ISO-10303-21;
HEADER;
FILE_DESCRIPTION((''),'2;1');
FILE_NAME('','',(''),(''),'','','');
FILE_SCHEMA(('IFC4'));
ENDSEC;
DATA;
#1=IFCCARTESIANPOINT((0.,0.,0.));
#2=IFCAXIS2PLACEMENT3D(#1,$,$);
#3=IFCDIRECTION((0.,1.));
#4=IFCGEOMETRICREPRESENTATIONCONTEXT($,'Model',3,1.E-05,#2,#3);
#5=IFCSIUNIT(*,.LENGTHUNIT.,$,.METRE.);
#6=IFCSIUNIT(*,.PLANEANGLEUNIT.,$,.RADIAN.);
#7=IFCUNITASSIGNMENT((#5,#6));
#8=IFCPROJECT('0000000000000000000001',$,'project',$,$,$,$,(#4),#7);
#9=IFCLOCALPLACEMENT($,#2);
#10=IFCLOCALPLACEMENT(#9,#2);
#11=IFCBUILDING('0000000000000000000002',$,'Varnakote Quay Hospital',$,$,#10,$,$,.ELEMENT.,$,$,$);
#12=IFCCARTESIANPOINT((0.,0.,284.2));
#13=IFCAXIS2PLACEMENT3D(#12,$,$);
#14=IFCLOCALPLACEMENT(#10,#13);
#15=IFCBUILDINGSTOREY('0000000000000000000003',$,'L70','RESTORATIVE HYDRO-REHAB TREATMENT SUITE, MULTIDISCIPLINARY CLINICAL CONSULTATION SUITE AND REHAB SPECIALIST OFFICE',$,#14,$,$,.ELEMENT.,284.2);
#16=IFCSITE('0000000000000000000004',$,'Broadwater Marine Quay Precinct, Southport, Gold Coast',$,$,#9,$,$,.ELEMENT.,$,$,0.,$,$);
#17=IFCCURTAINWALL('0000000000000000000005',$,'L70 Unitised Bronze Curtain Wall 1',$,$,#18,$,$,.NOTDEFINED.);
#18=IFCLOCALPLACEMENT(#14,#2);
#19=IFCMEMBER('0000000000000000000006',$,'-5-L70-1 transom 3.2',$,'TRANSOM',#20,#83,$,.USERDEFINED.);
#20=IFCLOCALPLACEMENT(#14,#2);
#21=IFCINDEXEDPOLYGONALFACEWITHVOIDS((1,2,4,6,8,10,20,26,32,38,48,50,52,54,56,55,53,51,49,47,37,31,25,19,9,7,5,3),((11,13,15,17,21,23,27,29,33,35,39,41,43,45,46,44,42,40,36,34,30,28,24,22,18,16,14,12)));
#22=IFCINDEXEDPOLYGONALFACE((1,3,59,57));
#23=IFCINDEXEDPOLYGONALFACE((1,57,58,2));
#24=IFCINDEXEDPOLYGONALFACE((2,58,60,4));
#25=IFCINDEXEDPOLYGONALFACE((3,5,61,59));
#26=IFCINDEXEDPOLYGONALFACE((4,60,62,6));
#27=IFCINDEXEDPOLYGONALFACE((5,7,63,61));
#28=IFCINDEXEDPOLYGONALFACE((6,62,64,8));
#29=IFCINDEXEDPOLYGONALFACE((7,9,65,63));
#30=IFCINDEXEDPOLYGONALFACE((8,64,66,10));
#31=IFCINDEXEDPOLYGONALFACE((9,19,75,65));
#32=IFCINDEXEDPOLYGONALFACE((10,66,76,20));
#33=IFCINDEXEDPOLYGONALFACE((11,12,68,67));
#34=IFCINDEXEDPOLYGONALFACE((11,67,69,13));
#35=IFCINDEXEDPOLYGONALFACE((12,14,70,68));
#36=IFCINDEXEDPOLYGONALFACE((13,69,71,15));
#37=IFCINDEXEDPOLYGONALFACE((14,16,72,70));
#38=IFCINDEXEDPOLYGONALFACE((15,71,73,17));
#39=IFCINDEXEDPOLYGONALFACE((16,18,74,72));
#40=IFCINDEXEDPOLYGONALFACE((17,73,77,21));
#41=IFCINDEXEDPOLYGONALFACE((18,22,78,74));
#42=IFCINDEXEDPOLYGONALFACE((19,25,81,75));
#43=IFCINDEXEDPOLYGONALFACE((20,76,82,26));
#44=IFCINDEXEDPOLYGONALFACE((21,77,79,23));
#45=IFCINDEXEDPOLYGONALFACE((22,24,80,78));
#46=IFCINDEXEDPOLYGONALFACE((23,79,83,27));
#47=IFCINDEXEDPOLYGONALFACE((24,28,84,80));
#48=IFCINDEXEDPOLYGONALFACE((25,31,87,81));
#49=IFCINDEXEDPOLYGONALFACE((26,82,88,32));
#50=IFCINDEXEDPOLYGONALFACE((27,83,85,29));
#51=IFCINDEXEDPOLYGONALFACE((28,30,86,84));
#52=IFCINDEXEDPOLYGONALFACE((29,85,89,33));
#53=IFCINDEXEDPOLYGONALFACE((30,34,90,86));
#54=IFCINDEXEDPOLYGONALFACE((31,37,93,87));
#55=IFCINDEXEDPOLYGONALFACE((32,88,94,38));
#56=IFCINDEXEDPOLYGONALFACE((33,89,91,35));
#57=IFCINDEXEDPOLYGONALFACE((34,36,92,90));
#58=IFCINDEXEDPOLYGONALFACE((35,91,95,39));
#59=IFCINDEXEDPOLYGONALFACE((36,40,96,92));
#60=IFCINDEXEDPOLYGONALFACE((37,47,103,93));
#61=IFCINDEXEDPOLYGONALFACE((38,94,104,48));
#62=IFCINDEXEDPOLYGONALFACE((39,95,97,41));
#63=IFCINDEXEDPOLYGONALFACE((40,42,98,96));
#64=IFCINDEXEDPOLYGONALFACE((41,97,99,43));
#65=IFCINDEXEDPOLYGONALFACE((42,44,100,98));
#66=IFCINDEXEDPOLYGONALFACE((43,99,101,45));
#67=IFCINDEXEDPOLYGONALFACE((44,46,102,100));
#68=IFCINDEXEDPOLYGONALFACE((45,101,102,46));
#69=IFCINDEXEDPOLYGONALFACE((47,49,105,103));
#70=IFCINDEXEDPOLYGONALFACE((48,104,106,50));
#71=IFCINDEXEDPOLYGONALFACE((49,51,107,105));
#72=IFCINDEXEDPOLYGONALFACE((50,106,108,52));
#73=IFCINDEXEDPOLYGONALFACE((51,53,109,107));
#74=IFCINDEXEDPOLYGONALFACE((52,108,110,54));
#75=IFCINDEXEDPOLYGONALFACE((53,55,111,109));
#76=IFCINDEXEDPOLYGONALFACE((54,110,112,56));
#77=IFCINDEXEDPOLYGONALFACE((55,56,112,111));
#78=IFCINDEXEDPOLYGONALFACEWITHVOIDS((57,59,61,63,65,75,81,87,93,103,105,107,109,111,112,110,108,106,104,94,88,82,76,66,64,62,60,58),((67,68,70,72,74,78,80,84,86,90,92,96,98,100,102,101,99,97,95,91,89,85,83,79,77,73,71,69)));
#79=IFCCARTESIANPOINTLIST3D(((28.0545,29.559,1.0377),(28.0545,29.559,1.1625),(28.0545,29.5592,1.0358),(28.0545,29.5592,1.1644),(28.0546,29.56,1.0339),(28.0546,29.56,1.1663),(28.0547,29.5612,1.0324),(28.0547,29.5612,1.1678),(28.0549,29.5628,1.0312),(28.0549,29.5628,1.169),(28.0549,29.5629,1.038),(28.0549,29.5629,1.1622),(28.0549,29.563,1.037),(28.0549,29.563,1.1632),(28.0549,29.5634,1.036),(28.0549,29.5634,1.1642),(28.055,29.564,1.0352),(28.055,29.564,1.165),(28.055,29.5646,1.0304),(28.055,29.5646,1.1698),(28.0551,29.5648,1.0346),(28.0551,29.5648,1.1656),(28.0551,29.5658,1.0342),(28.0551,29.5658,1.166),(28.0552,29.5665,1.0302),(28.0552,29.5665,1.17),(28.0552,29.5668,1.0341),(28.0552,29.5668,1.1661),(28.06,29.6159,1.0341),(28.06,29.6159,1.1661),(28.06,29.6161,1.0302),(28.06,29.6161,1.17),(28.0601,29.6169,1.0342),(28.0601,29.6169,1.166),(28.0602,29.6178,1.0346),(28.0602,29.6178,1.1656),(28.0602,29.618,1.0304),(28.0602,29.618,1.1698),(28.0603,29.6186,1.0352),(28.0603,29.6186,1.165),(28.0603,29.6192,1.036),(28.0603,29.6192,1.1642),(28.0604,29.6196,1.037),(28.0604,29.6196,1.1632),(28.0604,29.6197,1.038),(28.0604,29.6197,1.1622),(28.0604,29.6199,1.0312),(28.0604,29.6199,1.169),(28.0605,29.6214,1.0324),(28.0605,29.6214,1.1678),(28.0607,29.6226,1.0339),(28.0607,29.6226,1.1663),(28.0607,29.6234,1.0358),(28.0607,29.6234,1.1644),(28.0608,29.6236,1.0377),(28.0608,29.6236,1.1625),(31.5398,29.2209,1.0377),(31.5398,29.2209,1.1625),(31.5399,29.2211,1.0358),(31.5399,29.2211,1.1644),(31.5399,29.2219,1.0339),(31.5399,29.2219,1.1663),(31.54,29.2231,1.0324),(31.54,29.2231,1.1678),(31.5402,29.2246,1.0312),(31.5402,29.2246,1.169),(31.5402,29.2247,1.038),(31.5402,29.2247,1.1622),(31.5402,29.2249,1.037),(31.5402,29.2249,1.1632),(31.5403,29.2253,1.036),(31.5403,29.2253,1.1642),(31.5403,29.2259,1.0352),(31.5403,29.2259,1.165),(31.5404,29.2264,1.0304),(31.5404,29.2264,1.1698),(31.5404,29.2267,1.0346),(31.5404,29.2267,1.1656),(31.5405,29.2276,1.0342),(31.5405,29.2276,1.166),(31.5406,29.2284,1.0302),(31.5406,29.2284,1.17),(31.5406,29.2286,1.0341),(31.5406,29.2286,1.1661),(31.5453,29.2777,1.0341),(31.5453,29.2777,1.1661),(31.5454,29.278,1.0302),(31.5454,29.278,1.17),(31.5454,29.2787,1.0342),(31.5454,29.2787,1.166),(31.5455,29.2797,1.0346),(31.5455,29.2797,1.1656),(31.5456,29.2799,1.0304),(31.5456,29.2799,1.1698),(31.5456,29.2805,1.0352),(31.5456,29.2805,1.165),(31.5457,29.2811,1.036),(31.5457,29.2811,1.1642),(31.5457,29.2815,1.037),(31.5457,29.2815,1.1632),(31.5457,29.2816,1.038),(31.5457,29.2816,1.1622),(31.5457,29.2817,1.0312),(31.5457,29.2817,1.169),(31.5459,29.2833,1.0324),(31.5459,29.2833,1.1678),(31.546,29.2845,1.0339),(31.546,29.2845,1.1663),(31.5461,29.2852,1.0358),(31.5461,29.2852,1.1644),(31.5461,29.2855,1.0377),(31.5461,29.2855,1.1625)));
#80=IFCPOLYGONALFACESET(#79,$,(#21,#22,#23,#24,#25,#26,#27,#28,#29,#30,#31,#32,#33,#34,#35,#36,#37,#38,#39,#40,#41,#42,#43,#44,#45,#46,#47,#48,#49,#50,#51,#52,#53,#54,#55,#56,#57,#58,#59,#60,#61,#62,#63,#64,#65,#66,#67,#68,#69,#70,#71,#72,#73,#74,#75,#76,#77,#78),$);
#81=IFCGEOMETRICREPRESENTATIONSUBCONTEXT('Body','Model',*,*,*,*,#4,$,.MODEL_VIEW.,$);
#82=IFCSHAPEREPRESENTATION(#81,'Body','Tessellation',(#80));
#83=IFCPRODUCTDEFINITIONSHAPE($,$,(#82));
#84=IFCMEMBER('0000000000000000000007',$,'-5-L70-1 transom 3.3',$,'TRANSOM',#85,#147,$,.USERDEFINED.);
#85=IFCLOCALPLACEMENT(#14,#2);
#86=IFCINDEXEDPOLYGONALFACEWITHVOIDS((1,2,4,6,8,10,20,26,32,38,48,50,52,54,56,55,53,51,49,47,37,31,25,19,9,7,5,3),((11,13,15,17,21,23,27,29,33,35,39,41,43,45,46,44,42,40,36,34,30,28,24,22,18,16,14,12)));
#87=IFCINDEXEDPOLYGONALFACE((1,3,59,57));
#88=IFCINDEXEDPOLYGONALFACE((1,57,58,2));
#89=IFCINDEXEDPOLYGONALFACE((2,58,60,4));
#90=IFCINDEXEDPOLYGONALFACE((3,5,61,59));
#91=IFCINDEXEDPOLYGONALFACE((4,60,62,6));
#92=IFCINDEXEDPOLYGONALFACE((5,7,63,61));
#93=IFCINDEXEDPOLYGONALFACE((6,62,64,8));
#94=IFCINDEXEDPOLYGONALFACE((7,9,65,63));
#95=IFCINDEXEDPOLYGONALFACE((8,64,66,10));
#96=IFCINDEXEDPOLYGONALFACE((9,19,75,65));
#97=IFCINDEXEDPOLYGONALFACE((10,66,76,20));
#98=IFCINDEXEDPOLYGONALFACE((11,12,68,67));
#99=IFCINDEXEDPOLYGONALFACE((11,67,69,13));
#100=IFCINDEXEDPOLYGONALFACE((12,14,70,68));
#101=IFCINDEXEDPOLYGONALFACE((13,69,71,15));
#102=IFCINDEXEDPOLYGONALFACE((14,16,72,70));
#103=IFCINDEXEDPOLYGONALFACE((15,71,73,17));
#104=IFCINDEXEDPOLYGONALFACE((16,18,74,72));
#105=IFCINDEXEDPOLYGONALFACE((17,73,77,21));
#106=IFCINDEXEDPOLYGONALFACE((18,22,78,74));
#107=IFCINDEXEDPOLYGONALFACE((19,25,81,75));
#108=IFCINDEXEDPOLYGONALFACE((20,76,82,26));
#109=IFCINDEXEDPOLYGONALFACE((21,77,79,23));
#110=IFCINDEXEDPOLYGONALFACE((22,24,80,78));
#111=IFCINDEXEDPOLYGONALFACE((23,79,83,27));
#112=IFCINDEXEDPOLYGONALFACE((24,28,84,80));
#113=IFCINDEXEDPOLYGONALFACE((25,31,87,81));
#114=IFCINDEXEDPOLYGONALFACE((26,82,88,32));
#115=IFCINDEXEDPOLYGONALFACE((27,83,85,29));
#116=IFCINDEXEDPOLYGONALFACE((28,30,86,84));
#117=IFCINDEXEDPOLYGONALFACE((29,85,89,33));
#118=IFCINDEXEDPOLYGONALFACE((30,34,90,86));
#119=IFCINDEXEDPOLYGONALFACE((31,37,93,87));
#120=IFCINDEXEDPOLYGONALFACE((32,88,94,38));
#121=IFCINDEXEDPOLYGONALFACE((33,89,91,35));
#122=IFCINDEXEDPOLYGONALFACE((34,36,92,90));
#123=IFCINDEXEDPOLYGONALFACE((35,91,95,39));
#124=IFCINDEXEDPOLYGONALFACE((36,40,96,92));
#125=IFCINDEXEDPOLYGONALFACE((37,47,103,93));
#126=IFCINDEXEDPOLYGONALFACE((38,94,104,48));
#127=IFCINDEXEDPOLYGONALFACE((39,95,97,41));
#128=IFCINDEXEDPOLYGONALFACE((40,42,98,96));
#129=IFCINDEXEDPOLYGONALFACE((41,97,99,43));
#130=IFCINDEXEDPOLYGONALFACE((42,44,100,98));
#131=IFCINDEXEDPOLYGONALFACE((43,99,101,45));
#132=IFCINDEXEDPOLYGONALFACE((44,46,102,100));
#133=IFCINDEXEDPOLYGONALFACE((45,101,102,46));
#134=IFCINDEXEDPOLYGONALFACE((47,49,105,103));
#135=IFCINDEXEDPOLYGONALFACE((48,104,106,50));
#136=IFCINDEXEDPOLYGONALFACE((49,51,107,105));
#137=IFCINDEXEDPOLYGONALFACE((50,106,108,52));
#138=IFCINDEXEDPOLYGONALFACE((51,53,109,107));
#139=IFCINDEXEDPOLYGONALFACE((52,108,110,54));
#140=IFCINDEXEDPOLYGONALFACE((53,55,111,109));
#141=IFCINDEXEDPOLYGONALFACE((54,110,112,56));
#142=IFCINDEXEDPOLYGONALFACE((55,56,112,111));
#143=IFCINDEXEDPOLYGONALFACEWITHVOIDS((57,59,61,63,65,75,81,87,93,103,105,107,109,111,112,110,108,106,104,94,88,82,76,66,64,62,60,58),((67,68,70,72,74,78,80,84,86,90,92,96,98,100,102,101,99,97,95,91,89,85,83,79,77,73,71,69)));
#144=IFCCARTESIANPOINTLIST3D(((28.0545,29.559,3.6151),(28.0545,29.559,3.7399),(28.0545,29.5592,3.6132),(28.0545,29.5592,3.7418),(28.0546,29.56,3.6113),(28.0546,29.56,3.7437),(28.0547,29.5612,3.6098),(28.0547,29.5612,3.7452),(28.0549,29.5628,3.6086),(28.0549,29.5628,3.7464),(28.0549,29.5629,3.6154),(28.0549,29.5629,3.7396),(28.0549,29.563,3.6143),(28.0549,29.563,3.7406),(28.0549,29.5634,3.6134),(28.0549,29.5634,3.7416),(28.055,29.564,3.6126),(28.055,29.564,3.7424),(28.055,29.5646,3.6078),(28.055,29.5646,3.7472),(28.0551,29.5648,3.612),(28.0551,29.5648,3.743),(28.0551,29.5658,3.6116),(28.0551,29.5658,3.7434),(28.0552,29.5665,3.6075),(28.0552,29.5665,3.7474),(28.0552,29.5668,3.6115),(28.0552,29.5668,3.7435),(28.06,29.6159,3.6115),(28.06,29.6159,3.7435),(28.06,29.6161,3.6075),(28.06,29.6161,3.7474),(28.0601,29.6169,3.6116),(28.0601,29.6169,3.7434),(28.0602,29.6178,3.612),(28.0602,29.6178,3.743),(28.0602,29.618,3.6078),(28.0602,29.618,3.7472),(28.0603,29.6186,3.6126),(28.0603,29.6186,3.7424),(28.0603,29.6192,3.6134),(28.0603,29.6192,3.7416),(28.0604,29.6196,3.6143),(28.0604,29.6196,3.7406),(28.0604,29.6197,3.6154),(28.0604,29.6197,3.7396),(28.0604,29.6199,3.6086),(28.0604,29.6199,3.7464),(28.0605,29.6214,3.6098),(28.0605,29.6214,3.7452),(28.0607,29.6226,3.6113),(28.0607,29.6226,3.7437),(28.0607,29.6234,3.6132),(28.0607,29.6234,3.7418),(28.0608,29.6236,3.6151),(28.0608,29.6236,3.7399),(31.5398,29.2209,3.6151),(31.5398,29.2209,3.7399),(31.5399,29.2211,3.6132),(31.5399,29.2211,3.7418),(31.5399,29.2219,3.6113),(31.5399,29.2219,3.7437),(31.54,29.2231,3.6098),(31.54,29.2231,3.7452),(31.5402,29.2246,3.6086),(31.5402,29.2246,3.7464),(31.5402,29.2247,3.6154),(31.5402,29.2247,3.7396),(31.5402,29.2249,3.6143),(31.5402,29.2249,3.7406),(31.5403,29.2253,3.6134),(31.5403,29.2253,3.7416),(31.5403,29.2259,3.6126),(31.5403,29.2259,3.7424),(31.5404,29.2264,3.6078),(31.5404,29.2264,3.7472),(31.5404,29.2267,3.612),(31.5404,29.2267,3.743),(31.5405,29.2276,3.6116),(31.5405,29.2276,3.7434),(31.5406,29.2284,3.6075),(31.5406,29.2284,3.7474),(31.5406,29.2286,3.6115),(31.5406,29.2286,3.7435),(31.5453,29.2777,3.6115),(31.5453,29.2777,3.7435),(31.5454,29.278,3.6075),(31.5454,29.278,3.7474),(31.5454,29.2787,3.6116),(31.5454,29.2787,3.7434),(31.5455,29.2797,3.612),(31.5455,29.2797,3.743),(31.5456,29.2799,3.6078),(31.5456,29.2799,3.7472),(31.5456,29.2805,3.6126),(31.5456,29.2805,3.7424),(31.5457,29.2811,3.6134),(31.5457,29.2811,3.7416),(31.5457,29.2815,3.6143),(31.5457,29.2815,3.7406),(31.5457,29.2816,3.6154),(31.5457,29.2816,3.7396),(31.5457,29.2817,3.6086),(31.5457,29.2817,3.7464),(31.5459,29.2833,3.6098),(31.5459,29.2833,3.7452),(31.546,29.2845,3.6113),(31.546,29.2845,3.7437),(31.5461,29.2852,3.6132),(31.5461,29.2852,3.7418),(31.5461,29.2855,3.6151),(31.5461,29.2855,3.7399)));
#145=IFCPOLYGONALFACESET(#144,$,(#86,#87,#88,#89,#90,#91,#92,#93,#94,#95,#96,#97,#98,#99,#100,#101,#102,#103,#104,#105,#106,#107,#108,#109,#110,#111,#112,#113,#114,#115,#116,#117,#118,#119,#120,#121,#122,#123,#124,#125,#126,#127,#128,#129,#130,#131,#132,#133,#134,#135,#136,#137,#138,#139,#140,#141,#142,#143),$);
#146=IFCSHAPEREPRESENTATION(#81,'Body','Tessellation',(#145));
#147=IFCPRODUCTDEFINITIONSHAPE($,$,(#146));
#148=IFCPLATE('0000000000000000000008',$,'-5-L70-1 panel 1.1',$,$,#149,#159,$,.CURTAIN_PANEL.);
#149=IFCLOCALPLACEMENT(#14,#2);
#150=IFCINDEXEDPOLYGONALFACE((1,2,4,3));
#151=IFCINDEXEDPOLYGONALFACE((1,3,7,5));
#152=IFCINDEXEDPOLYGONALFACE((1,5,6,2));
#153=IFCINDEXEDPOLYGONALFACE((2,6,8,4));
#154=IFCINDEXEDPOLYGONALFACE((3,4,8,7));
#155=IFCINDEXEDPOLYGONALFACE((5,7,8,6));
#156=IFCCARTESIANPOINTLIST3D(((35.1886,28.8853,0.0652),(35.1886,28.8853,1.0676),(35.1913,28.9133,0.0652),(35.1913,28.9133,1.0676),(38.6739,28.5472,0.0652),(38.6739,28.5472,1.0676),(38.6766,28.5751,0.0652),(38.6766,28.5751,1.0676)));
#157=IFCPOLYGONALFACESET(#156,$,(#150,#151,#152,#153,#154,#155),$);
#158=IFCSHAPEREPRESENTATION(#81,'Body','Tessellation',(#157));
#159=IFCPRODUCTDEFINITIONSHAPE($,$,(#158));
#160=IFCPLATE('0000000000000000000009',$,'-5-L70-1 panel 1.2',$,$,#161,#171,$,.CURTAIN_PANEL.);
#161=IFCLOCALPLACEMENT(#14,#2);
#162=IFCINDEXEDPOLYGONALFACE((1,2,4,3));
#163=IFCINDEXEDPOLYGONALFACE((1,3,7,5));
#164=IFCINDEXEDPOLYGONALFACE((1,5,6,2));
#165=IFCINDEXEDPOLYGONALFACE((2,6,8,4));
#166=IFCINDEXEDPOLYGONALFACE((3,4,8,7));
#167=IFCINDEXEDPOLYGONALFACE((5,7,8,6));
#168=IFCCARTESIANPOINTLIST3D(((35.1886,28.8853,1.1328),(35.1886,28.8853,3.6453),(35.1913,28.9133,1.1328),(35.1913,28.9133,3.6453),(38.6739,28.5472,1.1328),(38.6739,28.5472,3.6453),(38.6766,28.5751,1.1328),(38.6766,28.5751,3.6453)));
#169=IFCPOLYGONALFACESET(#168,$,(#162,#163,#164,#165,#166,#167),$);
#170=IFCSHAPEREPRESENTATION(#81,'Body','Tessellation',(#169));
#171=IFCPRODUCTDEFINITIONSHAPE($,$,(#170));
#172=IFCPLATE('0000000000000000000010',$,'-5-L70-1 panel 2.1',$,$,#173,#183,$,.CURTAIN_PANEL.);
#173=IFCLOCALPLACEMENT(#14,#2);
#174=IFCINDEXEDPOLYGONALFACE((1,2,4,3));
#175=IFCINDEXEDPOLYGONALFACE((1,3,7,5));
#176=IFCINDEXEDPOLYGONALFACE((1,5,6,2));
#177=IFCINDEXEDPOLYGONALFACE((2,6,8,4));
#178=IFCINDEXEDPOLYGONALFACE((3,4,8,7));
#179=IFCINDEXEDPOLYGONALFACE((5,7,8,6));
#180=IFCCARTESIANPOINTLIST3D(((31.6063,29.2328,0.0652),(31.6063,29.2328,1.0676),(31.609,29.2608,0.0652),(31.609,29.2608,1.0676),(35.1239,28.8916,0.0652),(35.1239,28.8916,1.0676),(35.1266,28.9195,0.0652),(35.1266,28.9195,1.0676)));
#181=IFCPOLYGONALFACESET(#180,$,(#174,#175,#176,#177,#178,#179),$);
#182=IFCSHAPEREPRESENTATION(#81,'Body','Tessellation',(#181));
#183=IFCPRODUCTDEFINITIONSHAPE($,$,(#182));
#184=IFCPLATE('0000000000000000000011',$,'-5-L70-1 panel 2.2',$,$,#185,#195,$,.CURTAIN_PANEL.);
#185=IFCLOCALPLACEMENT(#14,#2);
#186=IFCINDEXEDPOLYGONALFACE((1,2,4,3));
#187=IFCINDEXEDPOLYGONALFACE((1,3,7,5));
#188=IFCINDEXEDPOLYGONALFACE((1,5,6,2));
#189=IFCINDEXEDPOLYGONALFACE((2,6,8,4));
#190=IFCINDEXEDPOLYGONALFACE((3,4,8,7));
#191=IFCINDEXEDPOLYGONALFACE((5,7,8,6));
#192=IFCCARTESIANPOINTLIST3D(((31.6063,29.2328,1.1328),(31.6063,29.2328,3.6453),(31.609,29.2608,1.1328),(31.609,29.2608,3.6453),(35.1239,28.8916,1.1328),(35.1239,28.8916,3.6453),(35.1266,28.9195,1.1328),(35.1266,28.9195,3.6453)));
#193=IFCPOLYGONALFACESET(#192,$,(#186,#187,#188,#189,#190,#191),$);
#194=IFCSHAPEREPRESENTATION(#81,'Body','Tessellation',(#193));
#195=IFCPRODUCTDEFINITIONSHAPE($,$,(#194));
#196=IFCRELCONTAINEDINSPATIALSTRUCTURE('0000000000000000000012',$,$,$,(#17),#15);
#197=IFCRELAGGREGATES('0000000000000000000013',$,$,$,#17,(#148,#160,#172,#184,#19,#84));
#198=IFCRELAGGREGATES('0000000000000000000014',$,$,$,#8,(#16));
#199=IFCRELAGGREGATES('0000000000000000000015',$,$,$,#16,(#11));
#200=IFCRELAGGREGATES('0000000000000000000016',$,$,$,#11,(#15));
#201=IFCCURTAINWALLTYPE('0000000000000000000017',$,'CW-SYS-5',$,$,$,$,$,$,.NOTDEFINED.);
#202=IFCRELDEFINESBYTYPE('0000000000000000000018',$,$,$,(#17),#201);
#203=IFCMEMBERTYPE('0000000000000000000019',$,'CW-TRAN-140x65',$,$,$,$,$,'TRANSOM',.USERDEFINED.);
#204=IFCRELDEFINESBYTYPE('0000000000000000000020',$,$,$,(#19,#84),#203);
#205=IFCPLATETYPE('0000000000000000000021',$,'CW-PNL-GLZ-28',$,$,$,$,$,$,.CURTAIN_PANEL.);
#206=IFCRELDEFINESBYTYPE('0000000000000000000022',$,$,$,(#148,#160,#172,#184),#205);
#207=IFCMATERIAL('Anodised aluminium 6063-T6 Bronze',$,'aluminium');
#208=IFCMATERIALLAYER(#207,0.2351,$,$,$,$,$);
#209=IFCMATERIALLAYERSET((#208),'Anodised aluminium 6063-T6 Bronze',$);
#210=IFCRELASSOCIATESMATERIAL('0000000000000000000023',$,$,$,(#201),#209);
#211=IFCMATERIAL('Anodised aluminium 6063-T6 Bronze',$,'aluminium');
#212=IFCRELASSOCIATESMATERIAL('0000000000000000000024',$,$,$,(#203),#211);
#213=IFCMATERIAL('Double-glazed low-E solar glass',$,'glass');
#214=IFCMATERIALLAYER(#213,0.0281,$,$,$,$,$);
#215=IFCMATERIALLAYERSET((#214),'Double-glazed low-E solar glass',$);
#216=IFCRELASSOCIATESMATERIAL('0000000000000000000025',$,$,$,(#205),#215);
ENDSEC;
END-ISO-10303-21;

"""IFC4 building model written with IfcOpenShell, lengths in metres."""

from ifc_helpers import new_model, si_unit, direction, frame, origin, origin_2d, place, context, subcontext, project, spatial, rectangle, hollow_rectangle, extrude, material, layer, layer_set, material_profile, profile_set, type_object, element, aggregate, save


model = new_model("IFC4")

# Units and contexts
model_context = context("Model", 3, precision=1e-05, world=origin(), true_north=direction((0.0, 1.0)))
body_context = subcontext(model_context, "Body", "Model", "MODEL_VIEW")
ifc_project = project(units=[si_unit("LENGTHUNIT", "METRE"), si_unit("PLANEANGLEUNIT", "RADIAN")], contexts=[model_context])

# Site, building, storey
site_placement = place(None, origin())
site = spatial("IfcSite", under=ifc_project, at=site_placement, Name="Broadwater Marine Quay Precinct, Southport, Gold Coast", CompositionType="ELEMENT", RefElevation=0.0)
building_placement = place(site_placement, origin())
building = spatial("IfcBuilding", under=site, at=building_placement, Name="Varnakote Quay Hospital", CompositionType="ELEMENT")
storey_placement = place(building_placement, frame((0.0, 0.0, 284.2)))
storey = spatial("IfcBuildingStorey", under=building, at=storey_placement, Name="L70", Description="RESTORATIVE HYDRO-REHAB TREATMENT SUITE, MULTIDISCIPLINARY CLINICAL CONSULTATION SUITE AND REHAB SPECIALIST OFFICE", CompositionType="ELEMENT", Elevation=284.2)

# Curtain wall, members, plates
ifc_material_1 = material(Name="Anodised aluminium 6063-T6 Bronze", Category="aluminium")
ifc_layer_1 = layer(ifc_material_1, 0.2351)
ifc_layer_set_1 = layer_set([ifc_layer_1], Name="Anodised aluminium 6063-T6 Bronze")
curtain_wall_type = type_object("IfcCurtainWallType", Name="CW-SYS-5", PredefinedType="NOTDEFINED", material=ifc_layer_set_1)
curtain_wall_placement = place(storey_placement, origin())
curtain_wall = element("IfcCurtainWall", 1, at=curtain_wall_placement, inside=storey, type_object=curtain_wall_type, Name="L70 Unitised Bronze Curtain Wall 1", PredefinedType="NOTDEFINED")
ifc_material_2 = material(Name="Anodised aluminium 6063-T6 Bronze", Category="aluminium")
ifc_material_profile_1 = material_profile(ifc_material_2, hollow_rectangle(XDim=0.0649, YDim=0.1399, WallThickness=0.0039, InnerFilletRadius=0.0039, OuterFilletRadius=0.0076, at=origin_2d()), Name="CW-TRAN-140x65")
ifc_profile_set_1 = profile_set([ifc_material_profile_1], Name="Anodised aluminium 6063-T6 Bronze")
member_type_1 = type_object("IfcMemberType", Name="CW-TRAN-140x65", ElementType="TRANSOM", PredefinedType="USERDEFINED", material=ifc_profile_set_1)
member_1_placement = place(storey_placement, frame((31.543, 29.2532, 1.1001), z_axis=(-0.995327, 0.096563, 0.0), x_axis=(-0.096563, -0.995327, 0.0)))
member_1 = element("IfcMember", 2, at=member_1_placement, type_object=member_type_1, Name="-5-L70-1 transom 3.2", ObjectType="TRANSOM", PredefinedType="USERDEFINED", context=body_context, shape_type="SweptSolid", body=[
    extrude(hollow_rectangle(XDim=0.0649, YDim=0.1399, WallThickness=0.0039, InnerFilletRadius=0.0039, OuterFilletRadius=0.0076, at=origin_2d()), origin(), (0.0, 0.0, 1.0), 3.5017),
])
member_2_placement = place(storey_placement, frame((31.543, 29.2532, 3.6775), z_axis=(-0.995327, 0.096563, 0.0), x_axis=(-0.096563, -0.995327, 0.0)))
member_2 = element("IfcMember", 3, at=member_2_placement, type_object=member_type_1, Name="-5-L70-1 transom 3.3", ObjectType="TRANSOM", PredefinedType="USERDEFINED", context=body_context, shape_type="SweptSolid", body=[
    extrude(hollow_rectangle(XDim=0.0649, YDim=0.1399, WallThickness=0.0039, InnerFilletRadius=0.0039, OuterFilletRadius=0.0076, at=origin_2d()), origin(), (0.0, 0.0, 1.0), 3.5017),
])
ifc_material_3 = material(Name="Double-glazed low-E solar glass", Category="glass")
ifc_layer_2 = layer(ifc_material_3, 0.0281)
ifc_layer_set_2 = layer_set([ifc_layer_2], Name="Double-glazed low-E solar glass")
plate_type = type_object("IfcPlateType", Name="CW-PNL-GLZ-28", PredefinedType="CURTAIN_PANEL", material=ifc_layer_set_2)
plate_1_placement = place(storey_placement, frame((36.9326, 28.7302, 0.0652), z_axis=(0.0, 0.0, 1.0), x_axis=(-0.995326, 0.096569, 0.0)))
plate_1 = element("IfcPlate", 4, at=plate_1_placement, type_object=plate_type, Name="-5-L70-1 panel 1.1", PredefinedType="CURTAIN_PANEL", context=body_context, shape_type="SweptSolid", body=[
    extrude(rectangle(XDim=3.5017, YDim=0.0281, at=origin_2d()), origin(), (0.0, 0.0, 1.0), 1.0024),
])
plate_2_placement = place(storey_placement, frame((36.9326, 28.7302, 1.1328), z_axis=(0.0, 0.0, 1.0), x_axis=(-0.995326, 0.096569, 0.0)))
plate_2 = element("IfcPlate", 5, at=plate_2_placement, type_object=plate_type, Name="-5-L70-1 panel 1.2", PredefinedType="CURTAIN_PANEL", context=body_context, shape_type="SweptSolid", body=[
    extrude(rectangle(XDim=3.5017, YDim=0.0281, at=origin_2d()), origin(), (0.0, 0.0, 1.0), 2.5125),
])
plate_3_placement = place(storey_placement, frame((33.3665, 29.0762, 0.0652), z_axis=(0.0, 0.0, 1.0), x_axis=(-0.995326, 0.096569, 0.0)))
plate_3 = element("IfcPlate", 6, at=plate_3_placement, type_object=plate_type, Name="-5-L70-1 panel 2.1", PredefinedType="CURTAIN_PANEL", context=body_context, shape_type="SweptSolid", body=[
    extrude(rectangle(XDim=3.5342, YDim=0.0281, at=origin_2d()), origin(), (0.0, 0.0, 1.0), 1.0024),
])
plate_4_placement = place(storey_placement, frame((33.3665, 29.0762, 1.1328), z_axis=(0.0, 0.0, 1.0), x_axis=(-0.995326, 0.096569, 0.0)))
plate_4 = element("IfcPlate", 7, at=plate_4_placement, type_object=plate_type, Name="-5-L70-1 panel 2.2", PredefinedType="CURTAIN_PANEL", context=body_context, shape_type="SweptSolid", body=[
    extrude(rectangle(XDim=3.5342, YDim=0.0281, at=origin_2d()), origin(), (0.0, 0.0, 1.0), 2.5125),
])
aggregate(curtain_wall, [plate_1, plate_2, plate_3, plate_4, member_1, member_2])

save(model, "model.ifc")
